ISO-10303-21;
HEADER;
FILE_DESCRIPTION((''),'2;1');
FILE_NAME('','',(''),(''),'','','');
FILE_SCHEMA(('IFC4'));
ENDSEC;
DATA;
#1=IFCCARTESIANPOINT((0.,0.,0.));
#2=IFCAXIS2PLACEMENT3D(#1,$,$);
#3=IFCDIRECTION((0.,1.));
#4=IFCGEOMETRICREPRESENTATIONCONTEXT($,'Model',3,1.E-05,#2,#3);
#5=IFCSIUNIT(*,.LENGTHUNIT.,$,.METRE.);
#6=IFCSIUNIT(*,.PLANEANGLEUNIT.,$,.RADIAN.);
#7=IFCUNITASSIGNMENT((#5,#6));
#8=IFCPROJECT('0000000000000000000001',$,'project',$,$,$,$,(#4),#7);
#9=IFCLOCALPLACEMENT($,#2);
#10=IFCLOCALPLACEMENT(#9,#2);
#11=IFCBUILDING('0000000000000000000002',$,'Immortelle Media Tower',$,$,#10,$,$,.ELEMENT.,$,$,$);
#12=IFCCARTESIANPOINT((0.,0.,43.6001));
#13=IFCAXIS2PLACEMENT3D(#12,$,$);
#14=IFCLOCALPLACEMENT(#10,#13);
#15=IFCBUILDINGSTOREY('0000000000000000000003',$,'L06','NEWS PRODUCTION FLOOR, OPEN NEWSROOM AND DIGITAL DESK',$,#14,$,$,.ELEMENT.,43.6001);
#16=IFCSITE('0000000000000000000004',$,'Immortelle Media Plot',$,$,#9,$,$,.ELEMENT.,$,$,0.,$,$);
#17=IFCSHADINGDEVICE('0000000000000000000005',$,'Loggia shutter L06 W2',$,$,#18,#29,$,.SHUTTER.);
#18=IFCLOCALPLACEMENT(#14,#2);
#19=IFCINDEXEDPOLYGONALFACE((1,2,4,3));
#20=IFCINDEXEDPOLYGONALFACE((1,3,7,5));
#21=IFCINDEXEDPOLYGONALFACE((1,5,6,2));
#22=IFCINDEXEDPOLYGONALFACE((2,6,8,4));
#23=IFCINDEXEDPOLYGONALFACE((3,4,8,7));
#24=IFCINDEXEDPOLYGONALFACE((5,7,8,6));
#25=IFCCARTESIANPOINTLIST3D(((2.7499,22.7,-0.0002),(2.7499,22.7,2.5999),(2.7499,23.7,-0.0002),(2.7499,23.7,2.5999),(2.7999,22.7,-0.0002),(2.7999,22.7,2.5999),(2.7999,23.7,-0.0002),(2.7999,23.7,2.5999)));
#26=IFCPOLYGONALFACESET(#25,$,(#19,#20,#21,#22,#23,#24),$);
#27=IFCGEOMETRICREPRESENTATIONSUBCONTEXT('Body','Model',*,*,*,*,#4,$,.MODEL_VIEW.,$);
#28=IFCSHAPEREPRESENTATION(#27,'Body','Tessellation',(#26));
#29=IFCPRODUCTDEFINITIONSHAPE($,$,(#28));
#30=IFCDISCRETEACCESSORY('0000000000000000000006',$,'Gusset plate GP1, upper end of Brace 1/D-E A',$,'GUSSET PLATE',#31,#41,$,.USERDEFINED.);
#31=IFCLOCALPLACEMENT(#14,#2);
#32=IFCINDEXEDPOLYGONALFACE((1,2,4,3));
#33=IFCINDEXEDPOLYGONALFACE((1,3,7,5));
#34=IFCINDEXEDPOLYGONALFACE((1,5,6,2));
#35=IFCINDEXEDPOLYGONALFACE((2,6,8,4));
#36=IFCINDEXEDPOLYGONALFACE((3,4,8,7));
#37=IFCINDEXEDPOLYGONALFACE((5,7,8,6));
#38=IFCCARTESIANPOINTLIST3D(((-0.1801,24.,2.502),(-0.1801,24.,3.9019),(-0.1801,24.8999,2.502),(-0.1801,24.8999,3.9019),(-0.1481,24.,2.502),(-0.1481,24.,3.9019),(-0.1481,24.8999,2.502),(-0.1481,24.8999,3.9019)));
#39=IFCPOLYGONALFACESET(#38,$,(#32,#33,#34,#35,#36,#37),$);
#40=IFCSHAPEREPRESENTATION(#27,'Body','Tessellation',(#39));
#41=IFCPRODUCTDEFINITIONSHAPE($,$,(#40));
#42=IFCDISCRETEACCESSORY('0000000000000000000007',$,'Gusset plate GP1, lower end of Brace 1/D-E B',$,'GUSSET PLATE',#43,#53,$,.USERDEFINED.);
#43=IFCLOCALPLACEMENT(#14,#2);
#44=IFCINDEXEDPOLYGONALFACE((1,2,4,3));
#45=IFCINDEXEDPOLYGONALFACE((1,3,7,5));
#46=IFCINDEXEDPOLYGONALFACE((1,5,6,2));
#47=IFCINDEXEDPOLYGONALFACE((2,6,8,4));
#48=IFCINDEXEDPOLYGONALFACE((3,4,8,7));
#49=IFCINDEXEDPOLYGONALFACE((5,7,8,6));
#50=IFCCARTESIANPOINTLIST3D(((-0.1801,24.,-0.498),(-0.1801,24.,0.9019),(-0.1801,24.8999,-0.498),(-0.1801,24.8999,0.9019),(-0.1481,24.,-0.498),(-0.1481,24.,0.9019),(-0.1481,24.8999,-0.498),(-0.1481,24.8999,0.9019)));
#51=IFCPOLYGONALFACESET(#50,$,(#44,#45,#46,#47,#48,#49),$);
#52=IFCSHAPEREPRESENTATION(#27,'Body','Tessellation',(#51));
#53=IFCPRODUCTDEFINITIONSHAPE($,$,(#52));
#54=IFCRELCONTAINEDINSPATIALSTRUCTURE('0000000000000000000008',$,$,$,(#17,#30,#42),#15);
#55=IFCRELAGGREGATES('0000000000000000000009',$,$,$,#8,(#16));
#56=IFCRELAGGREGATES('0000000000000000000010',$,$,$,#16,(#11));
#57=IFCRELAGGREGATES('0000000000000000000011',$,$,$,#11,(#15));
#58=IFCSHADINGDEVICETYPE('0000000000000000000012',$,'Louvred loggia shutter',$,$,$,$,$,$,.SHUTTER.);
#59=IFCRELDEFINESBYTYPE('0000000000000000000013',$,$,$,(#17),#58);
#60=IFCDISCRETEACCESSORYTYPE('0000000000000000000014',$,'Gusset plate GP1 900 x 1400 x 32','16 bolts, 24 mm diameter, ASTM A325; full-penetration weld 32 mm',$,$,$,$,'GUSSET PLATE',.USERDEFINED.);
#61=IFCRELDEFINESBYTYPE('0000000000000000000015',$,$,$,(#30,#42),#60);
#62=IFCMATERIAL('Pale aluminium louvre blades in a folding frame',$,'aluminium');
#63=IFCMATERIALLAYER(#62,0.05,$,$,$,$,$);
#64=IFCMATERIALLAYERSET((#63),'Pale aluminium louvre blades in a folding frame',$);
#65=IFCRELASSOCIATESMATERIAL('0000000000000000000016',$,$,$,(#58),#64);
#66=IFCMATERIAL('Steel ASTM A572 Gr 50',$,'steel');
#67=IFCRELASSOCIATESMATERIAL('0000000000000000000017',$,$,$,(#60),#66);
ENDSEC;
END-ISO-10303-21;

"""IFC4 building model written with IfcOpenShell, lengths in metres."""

from ifc_helpers import new_model, si_unit, direction, frame, origin, origin_2d, place, context, subcontext, project, spatial, rectangle, extrude, material, layer, layer_set, material_profile, profile_set, type_object, element, save


model = new_model("IFC4")

# Units and contexts
model_context = context("Model", 3, precision=1e-05, world=origin(), true_north=direction((0.0, 1.0)))
body_context = subcontext(model_context, "Body", "Model", "MODEL_VIEW")
ifc_project = project(units=[si_unit("LENGTHUNIT", "METRE"), si_unit("PLANEANGLEUNIT", "RADIAN")], contexts=[model_context])

# Site, building, storey
site_placement = place(None, origin())
site = spatial("IfcSite", under=ifc_project, at=site_placement, Name="Immortelle Media Plot", CompositionType="ELEMENT", RefElevation=0.0)
building_placement = place(site_placement, origin())
building = spatial("IfcBuilding", under=site, at=building_placement, Name="Immortelle Media Tower", CompositionType="ELEMENT")
storey_placement = place(building_placement, frame((0.0, 0.0, 43.6001)))
storey = spatial("IfcBuildingStorey", under=building, at=storey_placement, Name="L06", Description="NEWS PRODUCTION FLOOR, OPEN NEWSROOM AND DIGITAL DESK", CompositionType="ELEMENT", Elevation=43.6001)

# Shading device
ifc_material_1 = material(Name="Pale aluminium louvre blades in a folding frame", Category="aluminium")
ifc_layer_1 = layer(ifc_material_1, 0.05)
ifc_layer_set_1 = layer_set([ifc_layer_1], Name="Pale aluminium louvre blades in a folding frame")
shading_device_type_1 = type_object("IfcShadingDeviceType", Name="Louvred loggia shutter", PredefinedType="SHUTTER", material=ifc_layer_set_1)
shading_device_1_placement = place(storey_placement, frame((2.7749, 23.2, -0.0002), z_axis=(0.0, 0.0, 1.0), x_axis=(0.0, -1.0, 0.0)))
element("IfcShadingDevice", 1, at=shading_device_1_placement, inside=storey, type_object=shading_device_type_1, Name="Loggia shutter L06 W2", PredefinedType="SHUTTER", context=body_context, shape_type="SweptSolid", body=[
    extrude(rectangle(XDim=1.0, YDim=0.05, at=origin_2d()), origin(), (0.0, 0.0, 1.0), 2.6001),
])

# Discrete accessories
ifc_material_2 = material(Name="Steel ASTM A572 Gr 50", Category="steel")
ifc_material_profile_1 = material_profile(ifc_material_2, rectangle(XDim=0.032, YDim=1.3999, at=origin_2d()), Name="PL 32 x 1400")
ifc_profile_set_1 = profile_set([ifc_material_profile_1], Name="Steel ASTM A572 Gr 50")
discrete_accessory_type = type_object("IfcDiscreteAccessoryType", Name="Gusset plate GP1 900 x 1400 x 32", Description="16 bolts, 24 mm diameter, ASTM A325; full-penetration weld 32 mm", ElementType="GUSSET PLATE", PredefinedType="USERDEFINED", material=ifc_profile_set_1)
for number, where, z_axis, x_axis, name in (
    (2, (-0.1641, 24.0, 3.2019), (0.0, 1.0, 0.0), (-1.0, 0.0, 0.0), "Gusset plate GP1, upper end of Brace 1/D-E A"),
    (3, (-0.1641, 24.0, 0.2019), (0.0, 1.0, 0.0), (-1.0, 0.0, 0.0), "Gusset plate GP1, lower end of Brace 1/D-E B"),
):
    element("IfcDiscreteAccessory", number, at=place(storey_placement, frame(where, z_axis=z_axis, x_axis=x_axis)), inside=storey, type_object=discrete_accessory_type, Name=name, ObjectType="GUSSET PLATE", PredefinedType="USERDEFINED", context=body_context, shape_type="SweptSolid", body=[
        extrude(rectangle(XDim=0.032, YDim=1.3999, at=origin_2d()), origin(), (0.0, 0.0, 1.0), 0.8999),
    ])

save(model, "model.ifc")
